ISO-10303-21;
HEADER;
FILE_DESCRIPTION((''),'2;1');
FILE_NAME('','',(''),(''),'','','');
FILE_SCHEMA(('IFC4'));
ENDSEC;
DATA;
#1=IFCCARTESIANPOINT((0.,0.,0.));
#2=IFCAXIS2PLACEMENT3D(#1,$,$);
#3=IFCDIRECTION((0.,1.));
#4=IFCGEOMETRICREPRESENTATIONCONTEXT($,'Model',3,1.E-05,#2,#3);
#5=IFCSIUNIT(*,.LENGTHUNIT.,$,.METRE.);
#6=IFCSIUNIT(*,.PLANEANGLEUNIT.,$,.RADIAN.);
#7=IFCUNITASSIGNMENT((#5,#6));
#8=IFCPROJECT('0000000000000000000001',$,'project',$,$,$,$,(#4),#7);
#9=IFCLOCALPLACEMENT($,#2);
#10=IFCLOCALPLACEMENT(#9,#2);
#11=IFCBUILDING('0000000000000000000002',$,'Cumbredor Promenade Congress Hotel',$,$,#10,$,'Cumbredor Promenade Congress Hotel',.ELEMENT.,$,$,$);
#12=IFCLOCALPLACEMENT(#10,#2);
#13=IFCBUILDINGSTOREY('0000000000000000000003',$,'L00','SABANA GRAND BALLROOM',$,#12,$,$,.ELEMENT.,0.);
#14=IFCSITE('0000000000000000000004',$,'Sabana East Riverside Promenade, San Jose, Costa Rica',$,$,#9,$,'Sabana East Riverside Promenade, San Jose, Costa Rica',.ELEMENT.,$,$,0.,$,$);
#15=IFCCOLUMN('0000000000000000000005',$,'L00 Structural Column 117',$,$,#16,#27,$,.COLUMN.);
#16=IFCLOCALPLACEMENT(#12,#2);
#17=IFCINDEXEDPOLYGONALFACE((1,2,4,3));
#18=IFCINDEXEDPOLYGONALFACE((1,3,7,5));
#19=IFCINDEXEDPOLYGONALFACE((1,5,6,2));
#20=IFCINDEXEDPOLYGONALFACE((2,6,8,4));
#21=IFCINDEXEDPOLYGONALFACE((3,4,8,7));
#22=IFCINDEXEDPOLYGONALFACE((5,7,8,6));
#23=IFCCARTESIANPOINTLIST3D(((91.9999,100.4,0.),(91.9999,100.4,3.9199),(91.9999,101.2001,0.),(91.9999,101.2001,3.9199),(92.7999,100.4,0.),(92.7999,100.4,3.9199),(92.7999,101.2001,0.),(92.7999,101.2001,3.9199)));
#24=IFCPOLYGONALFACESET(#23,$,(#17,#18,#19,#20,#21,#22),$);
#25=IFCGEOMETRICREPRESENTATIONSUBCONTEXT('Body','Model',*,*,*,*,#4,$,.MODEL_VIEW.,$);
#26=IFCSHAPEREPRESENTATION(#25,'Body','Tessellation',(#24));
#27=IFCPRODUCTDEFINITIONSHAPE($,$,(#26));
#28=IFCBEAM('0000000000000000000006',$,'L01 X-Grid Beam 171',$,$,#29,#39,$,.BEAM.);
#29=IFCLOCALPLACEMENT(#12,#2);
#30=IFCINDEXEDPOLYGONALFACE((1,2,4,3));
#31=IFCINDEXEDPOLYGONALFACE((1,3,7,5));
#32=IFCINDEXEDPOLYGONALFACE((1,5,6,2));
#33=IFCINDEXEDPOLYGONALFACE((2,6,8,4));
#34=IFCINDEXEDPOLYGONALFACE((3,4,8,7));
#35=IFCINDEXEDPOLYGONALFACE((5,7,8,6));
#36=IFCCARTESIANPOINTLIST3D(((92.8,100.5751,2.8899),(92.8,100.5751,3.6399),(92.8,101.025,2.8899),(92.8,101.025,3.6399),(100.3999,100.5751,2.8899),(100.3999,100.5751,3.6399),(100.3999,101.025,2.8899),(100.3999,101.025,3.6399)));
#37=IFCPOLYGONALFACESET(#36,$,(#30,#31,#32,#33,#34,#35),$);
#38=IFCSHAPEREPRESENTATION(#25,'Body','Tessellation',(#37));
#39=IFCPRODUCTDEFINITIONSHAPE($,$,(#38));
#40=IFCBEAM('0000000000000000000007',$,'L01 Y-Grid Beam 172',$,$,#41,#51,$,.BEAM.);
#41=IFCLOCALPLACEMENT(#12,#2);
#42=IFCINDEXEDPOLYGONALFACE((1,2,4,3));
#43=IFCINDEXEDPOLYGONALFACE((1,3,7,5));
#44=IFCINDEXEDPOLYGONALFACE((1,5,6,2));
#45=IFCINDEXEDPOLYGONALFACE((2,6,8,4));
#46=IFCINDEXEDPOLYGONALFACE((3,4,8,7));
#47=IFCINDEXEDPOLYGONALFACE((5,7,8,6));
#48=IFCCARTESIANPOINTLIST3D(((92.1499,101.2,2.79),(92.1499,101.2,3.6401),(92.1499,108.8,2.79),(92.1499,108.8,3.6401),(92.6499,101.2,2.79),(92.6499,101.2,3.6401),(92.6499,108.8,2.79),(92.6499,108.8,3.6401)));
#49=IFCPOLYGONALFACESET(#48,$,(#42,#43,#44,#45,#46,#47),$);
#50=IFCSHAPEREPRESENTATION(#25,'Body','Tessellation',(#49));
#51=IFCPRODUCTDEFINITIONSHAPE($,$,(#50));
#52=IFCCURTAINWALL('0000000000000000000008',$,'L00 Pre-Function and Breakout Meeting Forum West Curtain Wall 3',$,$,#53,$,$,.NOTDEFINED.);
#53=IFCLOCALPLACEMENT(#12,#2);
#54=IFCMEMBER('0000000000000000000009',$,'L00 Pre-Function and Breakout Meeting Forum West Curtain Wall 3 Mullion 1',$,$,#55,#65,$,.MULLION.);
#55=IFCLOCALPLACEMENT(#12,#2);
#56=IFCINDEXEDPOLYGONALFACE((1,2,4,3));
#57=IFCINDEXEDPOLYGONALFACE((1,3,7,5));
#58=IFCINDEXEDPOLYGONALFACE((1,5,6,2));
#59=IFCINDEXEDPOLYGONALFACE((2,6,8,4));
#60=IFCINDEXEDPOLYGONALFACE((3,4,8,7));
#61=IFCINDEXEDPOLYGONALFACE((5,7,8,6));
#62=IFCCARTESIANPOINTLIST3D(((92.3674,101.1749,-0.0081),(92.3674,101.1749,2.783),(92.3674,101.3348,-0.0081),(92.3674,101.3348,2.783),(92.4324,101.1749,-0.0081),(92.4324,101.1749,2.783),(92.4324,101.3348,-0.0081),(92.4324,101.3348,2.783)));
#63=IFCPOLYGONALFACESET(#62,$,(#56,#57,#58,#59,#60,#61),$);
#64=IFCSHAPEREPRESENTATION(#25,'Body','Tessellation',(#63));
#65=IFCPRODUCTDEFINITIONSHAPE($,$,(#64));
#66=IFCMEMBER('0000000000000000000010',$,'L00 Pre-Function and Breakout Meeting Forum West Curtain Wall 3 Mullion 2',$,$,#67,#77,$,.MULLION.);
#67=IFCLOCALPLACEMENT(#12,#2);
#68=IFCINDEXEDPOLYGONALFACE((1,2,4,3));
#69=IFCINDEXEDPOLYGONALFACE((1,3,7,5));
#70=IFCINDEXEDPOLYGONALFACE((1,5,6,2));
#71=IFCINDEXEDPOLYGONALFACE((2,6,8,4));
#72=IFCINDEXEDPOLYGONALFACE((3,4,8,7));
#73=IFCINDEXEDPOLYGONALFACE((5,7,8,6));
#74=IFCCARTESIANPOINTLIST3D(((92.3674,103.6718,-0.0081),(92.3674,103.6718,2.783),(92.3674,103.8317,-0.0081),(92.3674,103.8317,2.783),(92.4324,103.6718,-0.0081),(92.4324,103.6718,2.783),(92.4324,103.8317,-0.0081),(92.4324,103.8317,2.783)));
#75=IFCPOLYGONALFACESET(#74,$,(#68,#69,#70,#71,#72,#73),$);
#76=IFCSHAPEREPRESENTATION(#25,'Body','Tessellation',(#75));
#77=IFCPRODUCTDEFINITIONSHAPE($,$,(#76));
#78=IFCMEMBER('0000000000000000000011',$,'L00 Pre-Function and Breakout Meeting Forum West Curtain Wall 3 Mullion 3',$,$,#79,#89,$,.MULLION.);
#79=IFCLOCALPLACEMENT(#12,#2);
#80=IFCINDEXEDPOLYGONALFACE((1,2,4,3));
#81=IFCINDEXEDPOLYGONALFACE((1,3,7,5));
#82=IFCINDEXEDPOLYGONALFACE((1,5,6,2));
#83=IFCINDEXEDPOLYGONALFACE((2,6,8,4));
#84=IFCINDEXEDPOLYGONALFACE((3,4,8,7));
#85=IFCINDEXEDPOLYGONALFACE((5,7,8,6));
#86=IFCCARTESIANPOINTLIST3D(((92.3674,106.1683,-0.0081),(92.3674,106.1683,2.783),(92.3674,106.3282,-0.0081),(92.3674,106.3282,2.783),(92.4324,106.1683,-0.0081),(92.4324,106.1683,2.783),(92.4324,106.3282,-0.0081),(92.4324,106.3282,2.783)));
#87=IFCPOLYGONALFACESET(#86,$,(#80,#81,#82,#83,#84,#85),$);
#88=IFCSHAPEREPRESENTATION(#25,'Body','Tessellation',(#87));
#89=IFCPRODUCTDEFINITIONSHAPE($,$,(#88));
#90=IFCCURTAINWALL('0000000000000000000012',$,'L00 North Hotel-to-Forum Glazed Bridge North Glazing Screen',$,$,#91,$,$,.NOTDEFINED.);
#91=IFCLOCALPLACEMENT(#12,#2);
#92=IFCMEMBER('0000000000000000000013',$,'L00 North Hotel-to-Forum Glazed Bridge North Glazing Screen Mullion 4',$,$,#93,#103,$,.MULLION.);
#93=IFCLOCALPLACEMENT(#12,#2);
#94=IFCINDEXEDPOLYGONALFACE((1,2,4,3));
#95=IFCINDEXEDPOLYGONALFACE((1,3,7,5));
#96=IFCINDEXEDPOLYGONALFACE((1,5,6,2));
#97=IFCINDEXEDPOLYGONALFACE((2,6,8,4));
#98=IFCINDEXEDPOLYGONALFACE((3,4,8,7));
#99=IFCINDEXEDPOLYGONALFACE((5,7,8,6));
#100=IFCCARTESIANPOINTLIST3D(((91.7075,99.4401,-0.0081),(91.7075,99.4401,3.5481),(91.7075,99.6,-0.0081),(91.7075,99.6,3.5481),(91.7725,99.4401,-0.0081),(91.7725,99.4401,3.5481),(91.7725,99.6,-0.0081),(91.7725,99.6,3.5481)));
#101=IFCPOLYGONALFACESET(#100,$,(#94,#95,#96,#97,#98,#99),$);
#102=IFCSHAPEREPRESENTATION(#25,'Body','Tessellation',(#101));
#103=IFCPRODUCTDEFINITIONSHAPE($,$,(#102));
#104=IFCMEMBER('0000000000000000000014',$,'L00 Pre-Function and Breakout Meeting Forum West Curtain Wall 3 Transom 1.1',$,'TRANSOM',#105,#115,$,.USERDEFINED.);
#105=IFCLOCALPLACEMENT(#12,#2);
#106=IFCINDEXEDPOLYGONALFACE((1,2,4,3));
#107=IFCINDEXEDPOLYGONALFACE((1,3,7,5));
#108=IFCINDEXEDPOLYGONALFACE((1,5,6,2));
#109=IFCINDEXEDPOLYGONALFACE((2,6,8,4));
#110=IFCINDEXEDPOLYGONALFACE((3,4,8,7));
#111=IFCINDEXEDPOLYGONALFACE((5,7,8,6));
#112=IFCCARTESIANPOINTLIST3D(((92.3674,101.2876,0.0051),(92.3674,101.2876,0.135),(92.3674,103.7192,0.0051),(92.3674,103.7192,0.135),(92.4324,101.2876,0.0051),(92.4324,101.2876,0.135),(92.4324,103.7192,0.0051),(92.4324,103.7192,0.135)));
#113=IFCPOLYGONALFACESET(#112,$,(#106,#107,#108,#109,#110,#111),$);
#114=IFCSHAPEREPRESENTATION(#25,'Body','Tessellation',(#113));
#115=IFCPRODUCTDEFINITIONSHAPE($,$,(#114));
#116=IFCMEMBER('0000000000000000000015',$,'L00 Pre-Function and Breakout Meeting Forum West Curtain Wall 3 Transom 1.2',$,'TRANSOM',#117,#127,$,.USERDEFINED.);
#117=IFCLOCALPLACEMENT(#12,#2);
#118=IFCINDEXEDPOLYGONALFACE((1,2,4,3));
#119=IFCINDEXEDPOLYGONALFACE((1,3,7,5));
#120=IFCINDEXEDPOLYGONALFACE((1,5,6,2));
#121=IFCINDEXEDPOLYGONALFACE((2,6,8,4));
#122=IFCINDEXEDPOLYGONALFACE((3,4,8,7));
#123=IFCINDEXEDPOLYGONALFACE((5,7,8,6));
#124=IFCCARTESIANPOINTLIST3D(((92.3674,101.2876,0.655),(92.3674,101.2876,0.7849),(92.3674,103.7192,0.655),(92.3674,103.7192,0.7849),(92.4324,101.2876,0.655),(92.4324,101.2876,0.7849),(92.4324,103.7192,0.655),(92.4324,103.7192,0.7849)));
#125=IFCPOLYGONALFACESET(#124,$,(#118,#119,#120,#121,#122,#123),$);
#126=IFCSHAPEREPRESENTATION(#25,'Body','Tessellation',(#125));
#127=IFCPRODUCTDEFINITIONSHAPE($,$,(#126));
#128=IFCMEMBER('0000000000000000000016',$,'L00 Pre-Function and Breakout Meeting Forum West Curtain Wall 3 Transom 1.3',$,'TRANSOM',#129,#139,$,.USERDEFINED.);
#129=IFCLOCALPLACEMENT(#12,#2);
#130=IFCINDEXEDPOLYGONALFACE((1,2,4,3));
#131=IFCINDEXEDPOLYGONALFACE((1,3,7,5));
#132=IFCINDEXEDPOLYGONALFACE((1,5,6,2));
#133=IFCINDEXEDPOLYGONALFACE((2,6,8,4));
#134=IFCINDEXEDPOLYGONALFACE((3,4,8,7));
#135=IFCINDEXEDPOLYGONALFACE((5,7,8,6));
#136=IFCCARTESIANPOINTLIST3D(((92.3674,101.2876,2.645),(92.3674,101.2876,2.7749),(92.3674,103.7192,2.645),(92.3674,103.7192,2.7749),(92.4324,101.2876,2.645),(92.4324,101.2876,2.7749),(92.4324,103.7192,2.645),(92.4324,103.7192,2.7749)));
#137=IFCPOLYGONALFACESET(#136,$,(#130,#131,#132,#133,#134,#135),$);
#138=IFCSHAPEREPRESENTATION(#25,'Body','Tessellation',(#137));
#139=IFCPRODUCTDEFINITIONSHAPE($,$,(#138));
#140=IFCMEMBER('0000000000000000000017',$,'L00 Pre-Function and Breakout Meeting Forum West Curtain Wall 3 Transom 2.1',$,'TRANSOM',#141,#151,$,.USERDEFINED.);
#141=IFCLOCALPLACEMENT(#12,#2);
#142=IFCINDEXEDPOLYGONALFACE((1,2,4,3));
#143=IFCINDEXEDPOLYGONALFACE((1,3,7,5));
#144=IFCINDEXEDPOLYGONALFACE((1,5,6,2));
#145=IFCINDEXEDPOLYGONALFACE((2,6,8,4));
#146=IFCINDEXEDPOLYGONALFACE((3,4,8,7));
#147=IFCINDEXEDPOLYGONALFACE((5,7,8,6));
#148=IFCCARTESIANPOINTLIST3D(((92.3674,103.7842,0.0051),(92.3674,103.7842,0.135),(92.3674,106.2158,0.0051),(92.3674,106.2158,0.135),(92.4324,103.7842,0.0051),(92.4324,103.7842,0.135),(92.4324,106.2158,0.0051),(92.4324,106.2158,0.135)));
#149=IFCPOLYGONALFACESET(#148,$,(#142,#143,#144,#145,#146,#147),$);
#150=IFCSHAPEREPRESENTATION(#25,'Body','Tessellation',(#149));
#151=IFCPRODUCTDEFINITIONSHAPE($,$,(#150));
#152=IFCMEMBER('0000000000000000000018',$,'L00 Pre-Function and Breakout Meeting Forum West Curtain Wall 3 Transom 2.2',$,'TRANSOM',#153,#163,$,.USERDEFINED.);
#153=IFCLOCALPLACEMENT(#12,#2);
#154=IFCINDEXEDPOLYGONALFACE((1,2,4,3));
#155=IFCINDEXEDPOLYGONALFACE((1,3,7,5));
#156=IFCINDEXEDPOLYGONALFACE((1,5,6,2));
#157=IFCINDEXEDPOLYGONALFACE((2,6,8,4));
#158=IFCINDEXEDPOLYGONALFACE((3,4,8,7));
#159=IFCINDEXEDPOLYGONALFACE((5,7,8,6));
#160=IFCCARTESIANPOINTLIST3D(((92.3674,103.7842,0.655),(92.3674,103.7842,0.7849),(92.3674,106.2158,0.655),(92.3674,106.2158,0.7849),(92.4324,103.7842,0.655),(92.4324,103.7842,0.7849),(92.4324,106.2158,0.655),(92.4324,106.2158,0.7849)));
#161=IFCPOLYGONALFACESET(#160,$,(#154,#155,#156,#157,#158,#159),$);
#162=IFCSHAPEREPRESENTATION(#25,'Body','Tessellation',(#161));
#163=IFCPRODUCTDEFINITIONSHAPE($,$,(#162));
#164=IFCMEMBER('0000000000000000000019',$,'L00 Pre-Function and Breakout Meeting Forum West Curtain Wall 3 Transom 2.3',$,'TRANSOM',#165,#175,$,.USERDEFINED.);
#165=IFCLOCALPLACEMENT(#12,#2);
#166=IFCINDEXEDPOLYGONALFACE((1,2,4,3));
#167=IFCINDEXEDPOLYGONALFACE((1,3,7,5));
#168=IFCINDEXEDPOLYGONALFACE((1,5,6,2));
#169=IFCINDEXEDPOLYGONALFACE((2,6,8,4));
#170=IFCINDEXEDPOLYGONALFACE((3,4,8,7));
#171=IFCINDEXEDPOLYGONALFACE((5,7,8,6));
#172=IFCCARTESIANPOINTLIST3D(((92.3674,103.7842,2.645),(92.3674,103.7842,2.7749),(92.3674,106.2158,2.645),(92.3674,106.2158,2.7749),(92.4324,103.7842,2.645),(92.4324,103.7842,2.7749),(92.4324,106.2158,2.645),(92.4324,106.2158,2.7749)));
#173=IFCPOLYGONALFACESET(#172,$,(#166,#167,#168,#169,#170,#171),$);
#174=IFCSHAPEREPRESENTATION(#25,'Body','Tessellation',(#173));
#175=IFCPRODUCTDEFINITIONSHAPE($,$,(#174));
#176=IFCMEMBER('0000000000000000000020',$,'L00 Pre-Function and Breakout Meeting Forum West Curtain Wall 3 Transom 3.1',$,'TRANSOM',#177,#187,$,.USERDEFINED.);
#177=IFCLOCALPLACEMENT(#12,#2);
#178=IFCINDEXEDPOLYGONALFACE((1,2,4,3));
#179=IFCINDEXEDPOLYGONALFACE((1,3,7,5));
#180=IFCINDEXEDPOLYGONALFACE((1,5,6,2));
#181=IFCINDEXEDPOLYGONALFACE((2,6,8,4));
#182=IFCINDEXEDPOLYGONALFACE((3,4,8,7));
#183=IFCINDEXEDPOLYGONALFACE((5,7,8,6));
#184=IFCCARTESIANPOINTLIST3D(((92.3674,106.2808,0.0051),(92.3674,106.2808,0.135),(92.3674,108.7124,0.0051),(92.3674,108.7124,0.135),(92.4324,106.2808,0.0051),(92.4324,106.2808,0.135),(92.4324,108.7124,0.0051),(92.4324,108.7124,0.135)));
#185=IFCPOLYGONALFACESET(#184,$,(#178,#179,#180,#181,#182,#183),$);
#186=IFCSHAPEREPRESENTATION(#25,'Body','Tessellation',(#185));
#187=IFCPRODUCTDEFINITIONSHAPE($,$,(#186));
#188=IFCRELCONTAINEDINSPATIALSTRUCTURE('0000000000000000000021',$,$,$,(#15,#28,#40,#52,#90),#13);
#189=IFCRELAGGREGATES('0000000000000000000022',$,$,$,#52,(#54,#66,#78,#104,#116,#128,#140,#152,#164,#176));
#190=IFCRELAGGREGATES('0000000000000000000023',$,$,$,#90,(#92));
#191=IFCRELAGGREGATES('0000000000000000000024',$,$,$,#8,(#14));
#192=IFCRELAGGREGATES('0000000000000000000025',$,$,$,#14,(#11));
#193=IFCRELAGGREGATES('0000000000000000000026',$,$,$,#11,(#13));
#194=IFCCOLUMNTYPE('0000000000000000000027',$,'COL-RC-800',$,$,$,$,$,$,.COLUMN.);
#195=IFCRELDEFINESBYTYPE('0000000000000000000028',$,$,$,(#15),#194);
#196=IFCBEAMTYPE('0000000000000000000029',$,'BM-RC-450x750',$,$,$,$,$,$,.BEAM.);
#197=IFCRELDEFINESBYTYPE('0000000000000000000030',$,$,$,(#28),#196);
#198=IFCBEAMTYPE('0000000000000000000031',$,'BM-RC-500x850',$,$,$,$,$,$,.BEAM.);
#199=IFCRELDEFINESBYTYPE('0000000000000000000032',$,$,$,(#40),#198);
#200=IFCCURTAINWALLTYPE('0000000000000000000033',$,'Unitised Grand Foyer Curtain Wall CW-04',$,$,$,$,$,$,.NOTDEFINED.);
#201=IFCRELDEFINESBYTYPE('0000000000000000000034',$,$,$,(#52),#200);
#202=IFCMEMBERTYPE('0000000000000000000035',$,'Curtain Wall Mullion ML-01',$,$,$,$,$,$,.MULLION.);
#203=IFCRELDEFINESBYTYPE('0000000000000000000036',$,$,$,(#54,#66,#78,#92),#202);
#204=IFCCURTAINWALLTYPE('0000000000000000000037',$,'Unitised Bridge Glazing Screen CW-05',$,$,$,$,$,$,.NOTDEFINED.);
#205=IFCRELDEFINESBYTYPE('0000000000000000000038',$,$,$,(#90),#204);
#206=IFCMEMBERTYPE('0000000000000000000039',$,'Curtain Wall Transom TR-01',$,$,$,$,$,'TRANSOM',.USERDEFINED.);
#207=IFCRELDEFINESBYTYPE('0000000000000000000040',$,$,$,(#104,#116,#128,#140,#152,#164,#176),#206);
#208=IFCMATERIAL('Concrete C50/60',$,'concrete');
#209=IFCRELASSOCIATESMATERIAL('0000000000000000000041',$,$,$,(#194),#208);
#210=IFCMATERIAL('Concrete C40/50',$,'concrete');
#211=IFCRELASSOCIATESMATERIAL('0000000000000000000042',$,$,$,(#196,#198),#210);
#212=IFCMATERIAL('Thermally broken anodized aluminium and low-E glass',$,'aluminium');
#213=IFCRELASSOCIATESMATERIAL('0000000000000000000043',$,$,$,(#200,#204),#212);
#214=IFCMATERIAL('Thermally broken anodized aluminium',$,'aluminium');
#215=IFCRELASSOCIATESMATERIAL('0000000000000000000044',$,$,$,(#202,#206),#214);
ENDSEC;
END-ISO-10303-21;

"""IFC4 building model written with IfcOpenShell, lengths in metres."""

from ifc_helpers import new_model, si_unit, direction, frame, origin, origin_2d, place, context, subcontext, project, spatial, rectangle, extrude, material, material_profile, profile_set, type_object, element, aggregate, save


model = new_model("IFC4")

# Units and contexts
model_context = context("Model", 3, precision=1e-05, world=origin(), true_north=direction((0.0, 1.0)))
body_context = subcontext(model_context, "Body", "Model", "MODEL_VIEW")
ifc_project = project(units=[si_unit("LENGTHUNIT", "METRE"), si_unit("PLANEANGLEUNIT", "RADIAN")], contexts=[model_context])

# Site, building, storey
site_placement = place(None, origin())
site = spatial("IfcSite", under=ifc_project, at=site_placement, Name="Sabana East Riverside Promenade, San Jose, Costa Rica", LongName="Sabana East Riverside Promenade, San Jose, Costa Rica", CompositionType="ELEMENT", RefElevation=0.0)
building_placement = place(site_placement, origin())
building = spatial("IfcBuilding", under=site, at=building_placement, Name="Cumbredor Promenade Congress Hotel", LongName="Cumbredor Promenade Congress Hotel", CompositionType="ELEMENT")
storey_placement = place(building_placement, origin())
storey = spatial("IfcBuildingStorey", under=building, at=storey_placement, Name="L00", Description="SABANA GRAND BALLROOM", CompositionType="ELEMENT", Elevation=0.0)

# Column
ifc_material_1 = material(Name="Concrete C50/60", Category="concrete")
ifc_material_profile_1 = material_profile(ifc_material_1, rectangle(XDim=0.8, YDim=0.8, at=origin_2d()), Name="RC 800x800")
ifc_profile_set_1 = profile_set([ifc_material_profile_1], Name="Concrete C50/60")
column_type = type_object("IfcColumnType", Name="COL-RC-800", PredefinedType="COLUMN", material=ifc_profile_set_1)
column_placement = place(storey_placement, frame((92.3999, 100.8, 0.0), z_axis=(0.0, 0.0, 1.0), x_axis=(1.0, 0.0, 0.0)))
element("IfcColumn", 1, at=column_placement, inside=storey, type_object=column_type, Name="L00 Structural Column 117", PredefinedType="COLUMN", context=body_context, shape_type="SweptSolid", body=[
    extrude(rectangle(XDim=0.8, YDim=0.8, at=origin_2d()), origin(), (0.0, 0.0, 1.0), 3.9199),
])

# Beams
ifc_material_2 = material(Name="Concrete C40/50", Category="concrete")
ifc_material_profile_2 = material_profile(ifc_material_2, rectangle(XDim=0.45, YDim=0.75, at=origin_2d()), Name="RC BEAM 450x750")
ifc_profile_set_2 = profile_set([ifc_material_profile_2], Name="Concrete C40/50")
beam_type_1 = type_object("IfcBeamType", Name="BM-RC-450x750", PredefinedType="BEAM", material=ifc_profile_set_2)
beam_1_placement = place(storey_placement, frame((92.8, 100.8, 3.2649), z_axis=(1.0, 0.0, 0.0), x_axis=(0.0, 1.0, 0.0)))
element("IfcBeam", 2, at=beam_1_placement, inside=storey, type_object=beam_type_1, Name="L01 X-Grid Beam 171", PredefinedType="BEAM", context=body_context, shape_type="SweptSolid", body=[
    extrude(rectangle(XDim=0.45, YDim=0.75, at=origin_2d()), origin(), (0.0, 0.0, 1.0), 7.5999),
])
ifc_material_profile_3 = material_profile(ifc_material_2, rectangle(XDim=0.5, YDim=0.8501, at=origin_2d()), Name="RC BEAM 500x850")
ifc_profile_set_3 = profile_set([ifc_material_profile_3], Name="Concrete C40/50")
beam_type_2 = type_object("IfcBeamType", Name="BM-RC-500x850", PredefinedType="BEAM", material=ifc_profile_set_3)
beam_2_placement = place(storey_placement, frame((92.3999, 101.2, 3.2151), z_axis=(0.0, 1.0, 0.0), x_axis=(-1.0, 0.0, 0.0)))
element("IfcBeam", 3, at=beam_2_placement, inside=storey, type_object=beam_type_2, Name="L01 Y-Grid Beam 172", PredefinedType="BEAM", context=body_context, shape_type="SweptSolid", body=[
    extrude(rectangle(XDim=0.5, YDim=0.8501, at=origin_2d()), origin(), (0.0, 0.0, 1.0), 7.6001),
])

# Curtain wall, members
ifc_material_3 = material(Name="Thermally broken anodized aluminium and low-E glass", Category="aluminium")
curtain_wall_type_1 = type_object("IfcCurtainWallType", Name="Unitised Grand Foyer Curtain Wall CW-04", PredefinedType="NOTDEFINED", material=ifc_material_3)
curtain_wall_1_placement = place(storey_placement, origin())
curtain_wall_1 = element("IfcCurtainWall", 4, at=curtain_wall_1_placement, inside=storey, type_object=curtain_wall_type_1, Name="L00 Pre-Function and Breakout Meeting Forum West Curtain Wall 3", PredefinedType="NOTDEFINED")
ifc_material_4 = material(Name="Thermally broken anodized aluminium", Category="aluminium")
ifc_material_profile_4 = material_profile(ifc_material_4, rectangle(XDim=0.0649, YDim=0.1599, at=origin_2d()), Name="ALU MULLION 65x160")
ifc_profile_set_4 = profile_set([ifc_material_profile_4], Name="Thermally broken anodized aluminium")
member_type_1 = type_object("IfcMemberType", Name="Curtain Wall Mullion ML-01", PredefinedType="MULLION", material=ifc_profile_set_4)
member_1_placement = place(storey_placement, frame((92.3999, 101.2549, -0.0081), z_axis=(0.0, 0.0, 1.0), x_axis=(1.0, 0.0, 0.0)))
member_1 = element("IfcMember", 5, at=member_1_placement, type_object=member_type_1, Name="L00 Pre-Function and Breakout Meeting Forum West Curtain Wall 3 Mullion 1", PredefinedType="MULLION", context=body_context, shape_type="SweptSolid", body=[
    extrude(rectangle(XDim=0.0649, YDim=0.1599, at=origin_2d()), origin(), (0.0, 0.0, 1.0), 2.791),
])
member_2_placement = place(storey_placement, frame((92.3999, 103.7517, -0.0081), z_axis=(0.0, 0.0, 1.0), x_axis=(1.0, 0.0, 0.0)))
member_2 = element("IfcMember", 6, at=member_2_placement, type_object=member_type_1, Name="L00 Pre-Function and Breakout Meeting Forum West Curtain Wall 3 Mullion 2", PredefinedType="MULLION", context=body_context, shape_type="SweptSolid", body=[
    extrude(rectangle(XDim=0.0649, YDim=0.1599, at=origin_2d()), origin(), (0.0, 0.0, 1.0), 2.791),
])
member_3_placement = place(storey_placement, frame((92.3999, 106.2483, -0.0081), z_axis=(0.0, 0.0, 1.0), x_axis=(1.0, 0.0, 0.0)))
member_3 = element("IfcMember", 7, at=member_3_placement, type_object=member_type_1, Name="L00 Pre-Function and Breakout Meeting Forum West Curtain Wall 3 Mullion 3", PredefinedType="MULLION", context=body_context, shape_type="SweptSolid", body=[
    extrude(rectangle(XDim=0.0649, YDim=0.1599, at=origin_2d()), origin(), (0.0, 0.0, 1.0), 2.791),
])

# Curtain wall, member
curtain_wall_type_2 = type_object("IfcCurtainWallType", Name="Unitised Bridge Glazing Screen CW-05", PredefinedType="NOTDEFINED", material=ifc_material_3)
curtain_wall_2_placement = place(storey_placement, origin())
curtain_wall_2 = element("IfcCurtainWall", 8, at=curtain_wall_2_placement, inside=storey, type_object=curtain_wall_type_2, Name="L00 North Hotel-to-Forum Glazed Bridge North Glazing Screen", PredefinedType="NOTDEFINED")
member_4_placement = place(storey_placement, frame((91.74, 99.52, -0.0081), z_axis=(0.0, 0.0, 1.0), x_axis=(1.0, 0.0, 0.0)))
member_4 = element("IfcMember", 9, at=member_4_placement, type_object=member_type_1, Name="L00 North Hotel-to-Forum Glazed Bridge North Glazing Screen Mullion 4", PredefinedType="MULLION", context=body_context, shape_type="SweptSolid", body=[
    extrude(rectangle(XDim=0.0649, YDim=0.1599, at=origin_2d()), origin(), (0.0, 0.0, 1.0), 3.5562),
])

# Members
ifc_material_profile_5 = material_profile(ifc_material_4, rectangle(XDim=0.0649, YDim=0.1299, at=origin_2d()), Name="ALU TRANSOM 65x130")
ifc_profile_set_5 = profile_set([ifc_material_profile_5], Name="Thermally broken anodized aluminium")
member_type_2 = type_object("IfcMemberType", Name="Curtain Wall Transom TR-01", ElementType="TRANSOM", PredefinedType="USERDEFINED", material=ifc_profile_set_5)
member_5_placement = place(storey_placement, frame((92.3999, 101.2876, 0.0701), z_axis=(0.0, 1.0, 0.0), x_axis=(-1.0, 0.0, 0.0)))
member_5 = element("IfcMember", 10, at=member_5_placement, type_object=member_type_2, Name="L00 Pre-Function and Breakout Meeting Forum West Curtain Wall 3 Transom 1.1", ObjectType="TRANSOM", PredefinedType="USERDEFINED", context=body_context, shape_type="SweptSolid", body=[
    extrude(rectangle(XDim=0.0649, YDim=0.1299, at=origin_2d()), origin(), (0.0, 0.0, 1.0), 2.4316),
])
member_6_placement = place(storey_placement, frame((92.3999, 101.2876, 0.72), z_axis=(0.0, 1.0, 0.0), x_axis=(-1.0, 0.0, 0.0)))
member_6 = element("IfcMember", 11, at=member_6_placement, type_object=member_type_2, Name="L00 Pre-Function and Breakout Meeting Forum West Curtain Wall 3 Transom 1.2", ObjectType="TRANSOM", PredefinedType="USERDEFINED", context=body_context, shape_type="SweptSolid", body=[
    extrude(rectangle(XDim=0.0649, YDim=0.1299, at=origin_2d()), origin(), (0.0, 0.0, 1.0), 2.4316),
])
member_7_placement = place(storey_placement, frame((92.3999, 101.2876, 2.71), z_axis=(0.0, 1.0, 0.0), x_axis=(-1.0, 0.0, 0.0)))
member_7 = element("IfcMember", 12, at=member_7_placement, type_object=member_type_2, Name="L00 Pre-Function and Breakout Meeting Forum West Curtain Wall 3 Transom 1.3", ObjectType="TRANSOM", PredefinedType="USERDEFINED", context=body_context, shape_type="SweptSolid", body=[
    extrude(rectangle(XDim=0.0649, YDim=0.1299, at=origin_2d()), origin(), (0.0, 0.0, 1.0), 2.4316),
])
member_8_placement = place(storey_placement, frame((92.3999, 103.7842, 0.0701), z_axis=(0.0, 1.0, 0.0), x_axis=(-1.0, 0.0, 0.0)))
member_8 = element("IfcMember", 13, at=member_8_placement, type_object=member_type_2, Name="L00 Pre-Function and Breakout Meeting Forum West Curtain Wall 3 Transom 2.1", ObjectType="TRANSOM", PredefinedType="USERDEFINED", context=body_context, shape_type="SweptSolid", body=[
    extrude(rectangle(XDim=0.0649, YDim=0.1299, at=origin_2d()), origin(), (0.0, 0.0, 1.0), 2.4316),
])
member_9_placement = place(storey_placement, frame((92.3999, 103.7842, 0.72), z_axis=(0.0, 1.0, 0.0), x_axis=(-1.0, 0.0, 0.0)))
member_9 = element("IfcMember", 14, at=member_9_placement, type_object=member_type_2, Name="L00 Pre-Function and Breakout Meeting Forum West Curtain Wall 3 Transom 2.2", ObjectType="TRANSOM", PredefinedType="USERDEFINED", context=body_context, shape_type="SweptSolid", body=[
    extrude(rectangle(XDim=0.0649, YDim=0.1299, at=origin_2d()), origin(), (0.0, 0.0, 1.0), 2.4316),
])
member_10_placement = place(storey_placement, frame((92.3999, 103.7842, 2.71), z_axis=(0.0, 1.0, 0.0), x_axis=(-1.0, 0.0, 0.0)))
member_10 = element("IfcMember", 15, at=member_10_placement, type_object=member_type_2, Name="L00 Pre-Function and Breakout Meeting Forum West Curtain Wall 3 Transom 2.3", ObjectType="TRANSOM", PredefinedType="USERDEFINED", context=body_context, shape_type="SweptSolid", body=[
    extrude(rectangle(XDim=0.0649, YDim=0.1299, at=origin_2d()), origin(), (0.0, 0.0, 1.0), 2.4316),
])
member_11_placement = place(storey_placement, frame((92.3999, 106.2808, 0.0701), z_axis=(0.0, 1.0, 0.0), x_axis=(-1.0, 0.0, 0.0)))
member_11 = element("IfcMember", 16, at=member_11_placement, type_object=member_type_2, Name="L00 Pre-Function and Breakout Meeting Forum West Curtain Wall 3 Transom 3.1", ObjectType="TRANSOM", PredefinedType="USERDEFINED", context=body_context, shape_type="SweptSolid", body=[
    extrude(rectangle(XDim=0.0649, YDim=0.1299, at=origin_2d()), origin(), (0.0, 0.0, 1.0), 2.4316),
])

aggregate(curtain_wall_1, [member_1, member_2, member_3, member_5, member_6, member_7, member_8, member_9, member_10, member_11])
aggregate(curtain_wall_2, [member_4])

save(model, "model.ifc")
